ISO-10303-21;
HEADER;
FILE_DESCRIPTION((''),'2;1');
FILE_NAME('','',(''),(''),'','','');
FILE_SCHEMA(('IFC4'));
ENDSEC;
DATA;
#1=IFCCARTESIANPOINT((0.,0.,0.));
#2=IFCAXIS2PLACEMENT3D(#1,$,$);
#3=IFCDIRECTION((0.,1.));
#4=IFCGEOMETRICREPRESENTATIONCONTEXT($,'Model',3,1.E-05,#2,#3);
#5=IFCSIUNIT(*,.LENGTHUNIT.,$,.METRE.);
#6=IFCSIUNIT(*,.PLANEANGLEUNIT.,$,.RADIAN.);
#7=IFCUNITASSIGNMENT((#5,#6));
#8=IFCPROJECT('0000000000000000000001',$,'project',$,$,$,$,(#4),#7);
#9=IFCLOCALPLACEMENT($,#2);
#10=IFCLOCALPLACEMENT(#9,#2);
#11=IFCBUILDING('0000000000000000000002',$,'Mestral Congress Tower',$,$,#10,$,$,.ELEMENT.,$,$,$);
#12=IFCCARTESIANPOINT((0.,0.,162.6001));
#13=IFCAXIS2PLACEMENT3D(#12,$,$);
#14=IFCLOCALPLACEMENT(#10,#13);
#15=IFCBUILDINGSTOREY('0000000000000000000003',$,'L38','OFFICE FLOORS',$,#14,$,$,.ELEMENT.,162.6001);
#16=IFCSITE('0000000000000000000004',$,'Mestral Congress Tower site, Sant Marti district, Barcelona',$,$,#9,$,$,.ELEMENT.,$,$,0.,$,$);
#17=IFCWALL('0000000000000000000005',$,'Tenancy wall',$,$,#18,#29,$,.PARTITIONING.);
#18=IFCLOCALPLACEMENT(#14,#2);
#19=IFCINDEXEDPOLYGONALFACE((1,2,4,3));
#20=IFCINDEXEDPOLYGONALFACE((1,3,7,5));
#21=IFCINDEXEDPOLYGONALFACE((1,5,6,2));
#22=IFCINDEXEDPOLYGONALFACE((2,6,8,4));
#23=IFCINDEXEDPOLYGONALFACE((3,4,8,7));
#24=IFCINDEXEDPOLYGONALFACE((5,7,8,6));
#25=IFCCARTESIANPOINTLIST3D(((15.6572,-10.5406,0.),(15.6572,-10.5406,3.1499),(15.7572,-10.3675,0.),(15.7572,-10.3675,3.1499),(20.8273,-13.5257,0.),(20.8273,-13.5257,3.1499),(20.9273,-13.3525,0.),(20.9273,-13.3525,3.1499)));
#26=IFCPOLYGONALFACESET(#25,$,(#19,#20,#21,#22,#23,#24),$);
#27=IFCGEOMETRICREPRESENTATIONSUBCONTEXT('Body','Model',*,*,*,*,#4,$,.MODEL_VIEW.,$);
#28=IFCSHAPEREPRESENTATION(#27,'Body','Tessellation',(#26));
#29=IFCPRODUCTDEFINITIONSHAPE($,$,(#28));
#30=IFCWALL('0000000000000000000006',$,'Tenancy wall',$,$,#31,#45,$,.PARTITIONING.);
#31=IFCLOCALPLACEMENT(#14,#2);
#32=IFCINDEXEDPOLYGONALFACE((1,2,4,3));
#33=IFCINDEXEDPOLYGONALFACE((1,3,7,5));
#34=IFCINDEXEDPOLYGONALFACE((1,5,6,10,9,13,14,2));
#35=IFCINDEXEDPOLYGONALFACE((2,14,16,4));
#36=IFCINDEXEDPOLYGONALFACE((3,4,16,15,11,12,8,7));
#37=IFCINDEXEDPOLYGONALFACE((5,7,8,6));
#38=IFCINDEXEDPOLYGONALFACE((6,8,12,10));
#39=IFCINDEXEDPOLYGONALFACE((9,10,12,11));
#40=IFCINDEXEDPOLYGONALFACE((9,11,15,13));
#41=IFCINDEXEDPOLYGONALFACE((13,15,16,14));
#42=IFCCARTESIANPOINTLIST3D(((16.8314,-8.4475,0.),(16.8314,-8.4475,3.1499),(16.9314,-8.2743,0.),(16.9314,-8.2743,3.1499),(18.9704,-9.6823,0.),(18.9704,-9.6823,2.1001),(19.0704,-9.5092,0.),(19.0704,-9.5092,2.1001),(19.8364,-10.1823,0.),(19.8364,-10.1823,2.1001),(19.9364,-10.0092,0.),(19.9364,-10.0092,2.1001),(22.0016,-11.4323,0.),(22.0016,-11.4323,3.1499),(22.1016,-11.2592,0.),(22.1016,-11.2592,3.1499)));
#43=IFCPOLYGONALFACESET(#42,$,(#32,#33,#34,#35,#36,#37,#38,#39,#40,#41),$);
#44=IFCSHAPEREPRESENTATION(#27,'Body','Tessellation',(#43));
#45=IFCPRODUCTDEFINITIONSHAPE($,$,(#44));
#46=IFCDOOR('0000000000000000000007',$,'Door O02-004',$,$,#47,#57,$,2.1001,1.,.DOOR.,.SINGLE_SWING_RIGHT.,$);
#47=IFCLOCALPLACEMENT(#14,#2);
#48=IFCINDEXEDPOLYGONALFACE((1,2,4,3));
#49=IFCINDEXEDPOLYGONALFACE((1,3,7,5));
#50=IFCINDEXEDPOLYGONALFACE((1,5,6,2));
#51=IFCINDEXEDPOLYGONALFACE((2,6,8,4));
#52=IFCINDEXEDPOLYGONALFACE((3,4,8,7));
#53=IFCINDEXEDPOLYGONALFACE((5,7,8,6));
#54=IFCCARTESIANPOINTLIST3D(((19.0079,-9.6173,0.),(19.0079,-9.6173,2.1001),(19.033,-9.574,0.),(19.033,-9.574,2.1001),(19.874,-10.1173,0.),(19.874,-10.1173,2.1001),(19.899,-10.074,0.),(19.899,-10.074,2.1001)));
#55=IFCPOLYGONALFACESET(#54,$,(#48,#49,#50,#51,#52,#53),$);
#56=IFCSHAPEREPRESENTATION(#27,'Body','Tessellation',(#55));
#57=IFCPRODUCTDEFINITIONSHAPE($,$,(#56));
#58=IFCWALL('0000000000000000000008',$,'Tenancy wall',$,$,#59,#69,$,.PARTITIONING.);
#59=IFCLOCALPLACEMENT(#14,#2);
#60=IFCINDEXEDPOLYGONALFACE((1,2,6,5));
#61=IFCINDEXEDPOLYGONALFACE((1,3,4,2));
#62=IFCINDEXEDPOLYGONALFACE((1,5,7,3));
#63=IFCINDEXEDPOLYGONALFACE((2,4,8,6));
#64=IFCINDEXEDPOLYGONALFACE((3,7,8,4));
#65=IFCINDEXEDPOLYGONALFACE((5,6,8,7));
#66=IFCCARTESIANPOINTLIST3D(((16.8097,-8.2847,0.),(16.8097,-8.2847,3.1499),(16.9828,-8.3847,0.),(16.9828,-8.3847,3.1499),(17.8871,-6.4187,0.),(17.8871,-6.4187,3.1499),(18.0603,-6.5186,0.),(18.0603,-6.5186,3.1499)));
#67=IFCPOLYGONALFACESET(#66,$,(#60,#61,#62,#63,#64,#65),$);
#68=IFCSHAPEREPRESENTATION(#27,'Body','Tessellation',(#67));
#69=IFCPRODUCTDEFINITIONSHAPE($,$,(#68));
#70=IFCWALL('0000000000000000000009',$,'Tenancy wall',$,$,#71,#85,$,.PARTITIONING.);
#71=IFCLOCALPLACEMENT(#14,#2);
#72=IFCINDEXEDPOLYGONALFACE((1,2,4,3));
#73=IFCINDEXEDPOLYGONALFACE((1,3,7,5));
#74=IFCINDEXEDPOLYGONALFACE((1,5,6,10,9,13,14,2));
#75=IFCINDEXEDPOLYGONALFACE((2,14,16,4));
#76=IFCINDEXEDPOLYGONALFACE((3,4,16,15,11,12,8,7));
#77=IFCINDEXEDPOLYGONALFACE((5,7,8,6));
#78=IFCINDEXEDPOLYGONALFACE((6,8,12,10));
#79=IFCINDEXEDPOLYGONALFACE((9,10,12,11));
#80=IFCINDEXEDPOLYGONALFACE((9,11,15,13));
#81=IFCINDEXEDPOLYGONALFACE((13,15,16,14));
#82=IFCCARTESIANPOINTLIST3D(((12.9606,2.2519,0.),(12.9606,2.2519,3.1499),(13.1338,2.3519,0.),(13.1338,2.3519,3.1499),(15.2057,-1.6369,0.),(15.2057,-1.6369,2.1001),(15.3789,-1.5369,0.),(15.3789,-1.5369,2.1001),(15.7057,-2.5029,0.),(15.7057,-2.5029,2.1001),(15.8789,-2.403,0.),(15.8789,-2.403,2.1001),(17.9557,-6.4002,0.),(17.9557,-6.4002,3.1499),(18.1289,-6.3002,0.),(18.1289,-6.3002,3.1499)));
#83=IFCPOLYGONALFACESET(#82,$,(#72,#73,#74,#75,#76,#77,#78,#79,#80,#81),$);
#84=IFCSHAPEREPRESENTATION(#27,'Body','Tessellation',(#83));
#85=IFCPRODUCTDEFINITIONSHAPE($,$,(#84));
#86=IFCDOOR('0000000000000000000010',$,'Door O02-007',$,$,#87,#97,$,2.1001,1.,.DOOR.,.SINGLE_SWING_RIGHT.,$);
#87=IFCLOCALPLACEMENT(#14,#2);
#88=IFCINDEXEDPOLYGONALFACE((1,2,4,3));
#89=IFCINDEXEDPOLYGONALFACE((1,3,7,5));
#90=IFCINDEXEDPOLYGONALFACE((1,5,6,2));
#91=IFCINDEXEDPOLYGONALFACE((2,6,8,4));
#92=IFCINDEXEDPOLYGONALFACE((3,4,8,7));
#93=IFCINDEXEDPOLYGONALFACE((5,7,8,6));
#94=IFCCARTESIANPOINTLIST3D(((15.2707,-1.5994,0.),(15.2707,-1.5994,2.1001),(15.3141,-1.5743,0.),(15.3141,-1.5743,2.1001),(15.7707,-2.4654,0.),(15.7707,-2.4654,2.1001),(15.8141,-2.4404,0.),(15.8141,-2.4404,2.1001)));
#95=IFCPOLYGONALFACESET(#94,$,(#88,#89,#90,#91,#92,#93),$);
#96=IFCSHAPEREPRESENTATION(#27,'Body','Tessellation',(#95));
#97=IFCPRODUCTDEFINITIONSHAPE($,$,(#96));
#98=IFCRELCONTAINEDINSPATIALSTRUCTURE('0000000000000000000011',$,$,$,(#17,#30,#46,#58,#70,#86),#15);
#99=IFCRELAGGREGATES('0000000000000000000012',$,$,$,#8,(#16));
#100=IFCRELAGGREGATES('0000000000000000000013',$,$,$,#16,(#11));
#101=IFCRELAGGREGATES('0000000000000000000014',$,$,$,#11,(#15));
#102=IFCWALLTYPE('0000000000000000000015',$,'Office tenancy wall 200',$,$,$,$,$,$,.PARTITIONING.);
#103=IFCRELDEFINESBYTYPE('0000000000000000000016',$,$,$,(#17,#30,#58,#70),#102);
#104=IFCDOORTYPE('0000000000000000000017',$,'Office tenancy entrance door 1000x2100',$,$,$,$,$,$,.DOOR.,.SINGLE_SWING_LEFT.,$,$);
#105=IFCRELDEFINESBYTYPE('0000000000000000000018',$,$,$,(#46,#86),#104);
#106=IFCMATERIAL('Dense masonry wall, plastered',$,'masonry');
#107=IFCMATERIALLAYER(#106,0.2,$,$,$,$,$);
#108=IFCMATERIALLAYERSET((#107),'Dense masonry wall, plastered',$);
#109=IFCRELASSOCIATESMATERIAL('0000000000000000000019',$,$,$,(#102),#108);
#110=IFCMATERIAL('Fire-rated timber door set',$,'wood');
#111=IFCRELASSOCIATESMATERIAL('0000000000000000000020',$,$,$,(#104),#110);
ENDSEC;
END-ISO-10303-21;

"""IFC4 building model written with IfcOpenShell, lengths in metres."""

from ifc_helpers import new_model, si_unit, direction, frame, frame_2d, origin, place, context, subcontext, project, spatial, rectangle, extrude, material, layer, layer_set, type_object, element, fill, save


model = new_model("IFC4")

# Units and contexts
model_context = context("Model", 3, precision=1e-05, world=origin(), true_north=direction((0.0, 1.0)))
body_context = subcontext(model_context, "Body", "Model", "MODEL_VIEW")
ifc_project = project(units=[si_unit("LENGTHUNIT", "METRE"), si_unit("PLANEANGLEUNIT", "RADIAN")], contexts=[model_context])

# Site, building, storey
site_placement = place(None, origin())
site = spatial("IfcSite", under=ifc_project, at=site_placement, Name="Mestral Congress Tower site, Sant Marti district, Barcelona", CompositionType="ELEMENT", RefElevation=0.0)
building_placement = place(site_placement, origin())
building = spatial("IfcBuilding", under=site, at=building_placement, Name="Mestral Congress Tower", CompositionType="ELEMENT")
storey_placement = place(building_placement, frame((0.0, 0.0, 162.6001)))
storey = spatial("IfcBuildingStorey", under=building, at=storey_placement, Name="L38", Description="OFFICE FLOORS", CompositionType="ELEMENT", Elevation=162.6001)

# Wall
ifc_material_1 = material(Name="Dense masonry wall, plastered", Category="masonry")
ifc_layer_1 = layer(ifc_material_1, 0.2)
ifc_layer_set_1 = layer_set([ifc_layer_1], Name="Dense masonry wall, plastered")
wall_type_1 = type_object("IfcWallType", Name="Office tenancy wall 200", PredefinedType="PARTITIONING", material=ifc_layer_set_1)
wall_1_placement = place(storey_placement, frame((15.7073, -10.4541, 0.0), z_axis=(0.0, 0.0, 1.0), x_axis=(0.866017, -0.500014, 0.0)))
element("IfcWall", 1, at=wall_1_placement, inside=storey, type_object=wall_type_1, Name="Tenancy wall", PredefinedType="PARTITIONING", context=body_context, shape_type="SweptSolid", body=[
    extrude(rectangle(XDim=5.97, YDim=0.2, at=frame_2d((2.9849, 0.0))), origin(), (0.0, 0.0, 1.0), 3.1499),
])

# Wall, opening, door
wall_2_placement = place(storey_placement, frame((22.0515, -11.3457, 0.0), z_axis=(0.0, 0.0, 1.0), x_axis=(-0.866035, 0.499983, 0.0)))
wall_2 = element("IfcWall", 2, at=wall_2_placement, inside=storey, type_object=wall_type_1, Name="Tenancy wall", PredefinedType="PARTITIONING", context=body_context, shape_type="SweptSolid", body=[
    extrude(rectangle(XDim=5.97, YDim=0.2, at=frame_2d((2.9849, 0.0))), origin(), (0.0, 0.0, 1.0), 3.1499),
])
opening_1_placement = place(wall_2_placement, frame((2.5, 0.0, 0.0)))
opening_1 = element("IfcOpeningElement", 3, at=opening_1_placement, cuts=wall_2, PredefinedType="OPENING", context=body_context, shape_type="SweptSolid", body=[
    extrude(rectangle(XDim=1.0, YDim=2.1001, at=frame_2d((0.5, 1.05))), frame((0.0, 0.1099, 0.0), z_axis=(0.0, -1.0, 0.0), x_axis=(1.0, 0.0, 0.0)), (0.0, 0.0, 1.0), 0.22),
])
ifc_material_2 = material(Name="Fire-rated timber door set", Category="wood")
door_type = type_object("IfcDoorType", Name="Office tenancy entrance door 1000x2100", OperationType="SINGLE_SWING_LEFT", PredefinedType="DOOR", material=ifc_material_2)
door_1_placement = place(opening_1_placement, origin())
door_1 = element("IfcDoor", 4, at=door_1_placement, inside=storey, type_object=door_type, Name="Door O02-004", OperationType="SINGLE_SWING_RIGHT", OverallHeight=2.1001, OverallWidth=1.0, PredefinedType="DOOR", context=body_context, shape_type="SweptSolid", body=[
    extrude(rectangle(XDim=1.0, YDim=2.1001, at=frame_2d((0.5, 1.05))), frame((0.0, 0.0249, 0.0), z_axis=(0.0, -1.0, 0.0), x_axis=(1.0, 0.0, 0.0)), (0.0, 0.0, 1.0), 0.05),
])
fill(opening_1, door_1)

# Wall
wall_3_placement = place(storey_placement, frame((16.8962, -8.3347, 0.0), z_axis=(0.0, 0.0, 1.0), x_axis=(0.500027, 0.86601, 0.0)))
element("IfcWall", 5, at=wall_3_placement, inside=storey, type_object=wall_type_1, Name="Tenancy wall", PredefinedType="PARTITIONING", context=body_context, shape_type="SweptSolid", body=[
    extrude(rectangle(XDim=2.1548, YDim=0.2, at=frame_2d((1.0774, 0.0))), origin(), (0.0, 0.0, 1.0), 3.1499),
])

# Wall, opening, door
wall_4_placement = place(storey_placement, frame((18.0422, -6.3501, 0.0), z_axis=(0.0, 0.0, 1.0), x_axis=(-0.499987, 0.866033, 0.0)))
wall_4 = element("IfcWall", 6, at=wall_4_placement, inside=storey, type_object=wall_type_1, Name="Tenancy wall", PredefinedType="PARTITIONING", context=body_context, shape_type="SweptSolid", body=[
    extrude(rectangle(XDim=9.9905, YDim=0.2, at=frame_2d((4.9951, 0.0))), origin(), (0.0, 0.0, 1.0), 3.1499),
])
opening_2_placement = place(wall_4_placement, frame((4.5, 0.0, 0.0)))
opening_2 = element("IfcOpeningElement", 7, at=opening_2_placement, cuts=wall_4, PredefinedType="OPENING", context=body_context, shape_type="SweptSolid", body=[
    extrude(rectangle(XDim=1.0, YDim=2.1001, at=frame_2d((0.5, 1.05))), frame((0.0, 0.1099, 0.0), z_axis=(0.0, -1.0, 0.0), x_axis=(1.0, 0.0, 0.0)), (0.0, 0.0, 1.0), 0.22),
])
door_2_placement = place(opening_2_placement, origin())
door_2 = element("IfcDoor", 8, at=door_2_placement, inside=storey, type_object=door_type, Name="Door O02-007", OperationType="SINGLE_SWING_RIGHT", OverallHeight=2.1001, OverallWidth=1.0, PredefinedType="DOOR", context=body_context, shape_type="SweptSolid", body=[
    extrude(rectangle(XDim=1.0, YDim=2.1001, at=frame_2d((0.5, 1.05))), frame((0.0, 0.0249, 0.0), z_axis=(0.0, -1.0, 0.0), x_axis=(1.0, 0.0, 0.0)), (0.0, 0.0, 1.0), 0.05),
])
fill(opening_2, door_2)

save(model, "model.ifc")
